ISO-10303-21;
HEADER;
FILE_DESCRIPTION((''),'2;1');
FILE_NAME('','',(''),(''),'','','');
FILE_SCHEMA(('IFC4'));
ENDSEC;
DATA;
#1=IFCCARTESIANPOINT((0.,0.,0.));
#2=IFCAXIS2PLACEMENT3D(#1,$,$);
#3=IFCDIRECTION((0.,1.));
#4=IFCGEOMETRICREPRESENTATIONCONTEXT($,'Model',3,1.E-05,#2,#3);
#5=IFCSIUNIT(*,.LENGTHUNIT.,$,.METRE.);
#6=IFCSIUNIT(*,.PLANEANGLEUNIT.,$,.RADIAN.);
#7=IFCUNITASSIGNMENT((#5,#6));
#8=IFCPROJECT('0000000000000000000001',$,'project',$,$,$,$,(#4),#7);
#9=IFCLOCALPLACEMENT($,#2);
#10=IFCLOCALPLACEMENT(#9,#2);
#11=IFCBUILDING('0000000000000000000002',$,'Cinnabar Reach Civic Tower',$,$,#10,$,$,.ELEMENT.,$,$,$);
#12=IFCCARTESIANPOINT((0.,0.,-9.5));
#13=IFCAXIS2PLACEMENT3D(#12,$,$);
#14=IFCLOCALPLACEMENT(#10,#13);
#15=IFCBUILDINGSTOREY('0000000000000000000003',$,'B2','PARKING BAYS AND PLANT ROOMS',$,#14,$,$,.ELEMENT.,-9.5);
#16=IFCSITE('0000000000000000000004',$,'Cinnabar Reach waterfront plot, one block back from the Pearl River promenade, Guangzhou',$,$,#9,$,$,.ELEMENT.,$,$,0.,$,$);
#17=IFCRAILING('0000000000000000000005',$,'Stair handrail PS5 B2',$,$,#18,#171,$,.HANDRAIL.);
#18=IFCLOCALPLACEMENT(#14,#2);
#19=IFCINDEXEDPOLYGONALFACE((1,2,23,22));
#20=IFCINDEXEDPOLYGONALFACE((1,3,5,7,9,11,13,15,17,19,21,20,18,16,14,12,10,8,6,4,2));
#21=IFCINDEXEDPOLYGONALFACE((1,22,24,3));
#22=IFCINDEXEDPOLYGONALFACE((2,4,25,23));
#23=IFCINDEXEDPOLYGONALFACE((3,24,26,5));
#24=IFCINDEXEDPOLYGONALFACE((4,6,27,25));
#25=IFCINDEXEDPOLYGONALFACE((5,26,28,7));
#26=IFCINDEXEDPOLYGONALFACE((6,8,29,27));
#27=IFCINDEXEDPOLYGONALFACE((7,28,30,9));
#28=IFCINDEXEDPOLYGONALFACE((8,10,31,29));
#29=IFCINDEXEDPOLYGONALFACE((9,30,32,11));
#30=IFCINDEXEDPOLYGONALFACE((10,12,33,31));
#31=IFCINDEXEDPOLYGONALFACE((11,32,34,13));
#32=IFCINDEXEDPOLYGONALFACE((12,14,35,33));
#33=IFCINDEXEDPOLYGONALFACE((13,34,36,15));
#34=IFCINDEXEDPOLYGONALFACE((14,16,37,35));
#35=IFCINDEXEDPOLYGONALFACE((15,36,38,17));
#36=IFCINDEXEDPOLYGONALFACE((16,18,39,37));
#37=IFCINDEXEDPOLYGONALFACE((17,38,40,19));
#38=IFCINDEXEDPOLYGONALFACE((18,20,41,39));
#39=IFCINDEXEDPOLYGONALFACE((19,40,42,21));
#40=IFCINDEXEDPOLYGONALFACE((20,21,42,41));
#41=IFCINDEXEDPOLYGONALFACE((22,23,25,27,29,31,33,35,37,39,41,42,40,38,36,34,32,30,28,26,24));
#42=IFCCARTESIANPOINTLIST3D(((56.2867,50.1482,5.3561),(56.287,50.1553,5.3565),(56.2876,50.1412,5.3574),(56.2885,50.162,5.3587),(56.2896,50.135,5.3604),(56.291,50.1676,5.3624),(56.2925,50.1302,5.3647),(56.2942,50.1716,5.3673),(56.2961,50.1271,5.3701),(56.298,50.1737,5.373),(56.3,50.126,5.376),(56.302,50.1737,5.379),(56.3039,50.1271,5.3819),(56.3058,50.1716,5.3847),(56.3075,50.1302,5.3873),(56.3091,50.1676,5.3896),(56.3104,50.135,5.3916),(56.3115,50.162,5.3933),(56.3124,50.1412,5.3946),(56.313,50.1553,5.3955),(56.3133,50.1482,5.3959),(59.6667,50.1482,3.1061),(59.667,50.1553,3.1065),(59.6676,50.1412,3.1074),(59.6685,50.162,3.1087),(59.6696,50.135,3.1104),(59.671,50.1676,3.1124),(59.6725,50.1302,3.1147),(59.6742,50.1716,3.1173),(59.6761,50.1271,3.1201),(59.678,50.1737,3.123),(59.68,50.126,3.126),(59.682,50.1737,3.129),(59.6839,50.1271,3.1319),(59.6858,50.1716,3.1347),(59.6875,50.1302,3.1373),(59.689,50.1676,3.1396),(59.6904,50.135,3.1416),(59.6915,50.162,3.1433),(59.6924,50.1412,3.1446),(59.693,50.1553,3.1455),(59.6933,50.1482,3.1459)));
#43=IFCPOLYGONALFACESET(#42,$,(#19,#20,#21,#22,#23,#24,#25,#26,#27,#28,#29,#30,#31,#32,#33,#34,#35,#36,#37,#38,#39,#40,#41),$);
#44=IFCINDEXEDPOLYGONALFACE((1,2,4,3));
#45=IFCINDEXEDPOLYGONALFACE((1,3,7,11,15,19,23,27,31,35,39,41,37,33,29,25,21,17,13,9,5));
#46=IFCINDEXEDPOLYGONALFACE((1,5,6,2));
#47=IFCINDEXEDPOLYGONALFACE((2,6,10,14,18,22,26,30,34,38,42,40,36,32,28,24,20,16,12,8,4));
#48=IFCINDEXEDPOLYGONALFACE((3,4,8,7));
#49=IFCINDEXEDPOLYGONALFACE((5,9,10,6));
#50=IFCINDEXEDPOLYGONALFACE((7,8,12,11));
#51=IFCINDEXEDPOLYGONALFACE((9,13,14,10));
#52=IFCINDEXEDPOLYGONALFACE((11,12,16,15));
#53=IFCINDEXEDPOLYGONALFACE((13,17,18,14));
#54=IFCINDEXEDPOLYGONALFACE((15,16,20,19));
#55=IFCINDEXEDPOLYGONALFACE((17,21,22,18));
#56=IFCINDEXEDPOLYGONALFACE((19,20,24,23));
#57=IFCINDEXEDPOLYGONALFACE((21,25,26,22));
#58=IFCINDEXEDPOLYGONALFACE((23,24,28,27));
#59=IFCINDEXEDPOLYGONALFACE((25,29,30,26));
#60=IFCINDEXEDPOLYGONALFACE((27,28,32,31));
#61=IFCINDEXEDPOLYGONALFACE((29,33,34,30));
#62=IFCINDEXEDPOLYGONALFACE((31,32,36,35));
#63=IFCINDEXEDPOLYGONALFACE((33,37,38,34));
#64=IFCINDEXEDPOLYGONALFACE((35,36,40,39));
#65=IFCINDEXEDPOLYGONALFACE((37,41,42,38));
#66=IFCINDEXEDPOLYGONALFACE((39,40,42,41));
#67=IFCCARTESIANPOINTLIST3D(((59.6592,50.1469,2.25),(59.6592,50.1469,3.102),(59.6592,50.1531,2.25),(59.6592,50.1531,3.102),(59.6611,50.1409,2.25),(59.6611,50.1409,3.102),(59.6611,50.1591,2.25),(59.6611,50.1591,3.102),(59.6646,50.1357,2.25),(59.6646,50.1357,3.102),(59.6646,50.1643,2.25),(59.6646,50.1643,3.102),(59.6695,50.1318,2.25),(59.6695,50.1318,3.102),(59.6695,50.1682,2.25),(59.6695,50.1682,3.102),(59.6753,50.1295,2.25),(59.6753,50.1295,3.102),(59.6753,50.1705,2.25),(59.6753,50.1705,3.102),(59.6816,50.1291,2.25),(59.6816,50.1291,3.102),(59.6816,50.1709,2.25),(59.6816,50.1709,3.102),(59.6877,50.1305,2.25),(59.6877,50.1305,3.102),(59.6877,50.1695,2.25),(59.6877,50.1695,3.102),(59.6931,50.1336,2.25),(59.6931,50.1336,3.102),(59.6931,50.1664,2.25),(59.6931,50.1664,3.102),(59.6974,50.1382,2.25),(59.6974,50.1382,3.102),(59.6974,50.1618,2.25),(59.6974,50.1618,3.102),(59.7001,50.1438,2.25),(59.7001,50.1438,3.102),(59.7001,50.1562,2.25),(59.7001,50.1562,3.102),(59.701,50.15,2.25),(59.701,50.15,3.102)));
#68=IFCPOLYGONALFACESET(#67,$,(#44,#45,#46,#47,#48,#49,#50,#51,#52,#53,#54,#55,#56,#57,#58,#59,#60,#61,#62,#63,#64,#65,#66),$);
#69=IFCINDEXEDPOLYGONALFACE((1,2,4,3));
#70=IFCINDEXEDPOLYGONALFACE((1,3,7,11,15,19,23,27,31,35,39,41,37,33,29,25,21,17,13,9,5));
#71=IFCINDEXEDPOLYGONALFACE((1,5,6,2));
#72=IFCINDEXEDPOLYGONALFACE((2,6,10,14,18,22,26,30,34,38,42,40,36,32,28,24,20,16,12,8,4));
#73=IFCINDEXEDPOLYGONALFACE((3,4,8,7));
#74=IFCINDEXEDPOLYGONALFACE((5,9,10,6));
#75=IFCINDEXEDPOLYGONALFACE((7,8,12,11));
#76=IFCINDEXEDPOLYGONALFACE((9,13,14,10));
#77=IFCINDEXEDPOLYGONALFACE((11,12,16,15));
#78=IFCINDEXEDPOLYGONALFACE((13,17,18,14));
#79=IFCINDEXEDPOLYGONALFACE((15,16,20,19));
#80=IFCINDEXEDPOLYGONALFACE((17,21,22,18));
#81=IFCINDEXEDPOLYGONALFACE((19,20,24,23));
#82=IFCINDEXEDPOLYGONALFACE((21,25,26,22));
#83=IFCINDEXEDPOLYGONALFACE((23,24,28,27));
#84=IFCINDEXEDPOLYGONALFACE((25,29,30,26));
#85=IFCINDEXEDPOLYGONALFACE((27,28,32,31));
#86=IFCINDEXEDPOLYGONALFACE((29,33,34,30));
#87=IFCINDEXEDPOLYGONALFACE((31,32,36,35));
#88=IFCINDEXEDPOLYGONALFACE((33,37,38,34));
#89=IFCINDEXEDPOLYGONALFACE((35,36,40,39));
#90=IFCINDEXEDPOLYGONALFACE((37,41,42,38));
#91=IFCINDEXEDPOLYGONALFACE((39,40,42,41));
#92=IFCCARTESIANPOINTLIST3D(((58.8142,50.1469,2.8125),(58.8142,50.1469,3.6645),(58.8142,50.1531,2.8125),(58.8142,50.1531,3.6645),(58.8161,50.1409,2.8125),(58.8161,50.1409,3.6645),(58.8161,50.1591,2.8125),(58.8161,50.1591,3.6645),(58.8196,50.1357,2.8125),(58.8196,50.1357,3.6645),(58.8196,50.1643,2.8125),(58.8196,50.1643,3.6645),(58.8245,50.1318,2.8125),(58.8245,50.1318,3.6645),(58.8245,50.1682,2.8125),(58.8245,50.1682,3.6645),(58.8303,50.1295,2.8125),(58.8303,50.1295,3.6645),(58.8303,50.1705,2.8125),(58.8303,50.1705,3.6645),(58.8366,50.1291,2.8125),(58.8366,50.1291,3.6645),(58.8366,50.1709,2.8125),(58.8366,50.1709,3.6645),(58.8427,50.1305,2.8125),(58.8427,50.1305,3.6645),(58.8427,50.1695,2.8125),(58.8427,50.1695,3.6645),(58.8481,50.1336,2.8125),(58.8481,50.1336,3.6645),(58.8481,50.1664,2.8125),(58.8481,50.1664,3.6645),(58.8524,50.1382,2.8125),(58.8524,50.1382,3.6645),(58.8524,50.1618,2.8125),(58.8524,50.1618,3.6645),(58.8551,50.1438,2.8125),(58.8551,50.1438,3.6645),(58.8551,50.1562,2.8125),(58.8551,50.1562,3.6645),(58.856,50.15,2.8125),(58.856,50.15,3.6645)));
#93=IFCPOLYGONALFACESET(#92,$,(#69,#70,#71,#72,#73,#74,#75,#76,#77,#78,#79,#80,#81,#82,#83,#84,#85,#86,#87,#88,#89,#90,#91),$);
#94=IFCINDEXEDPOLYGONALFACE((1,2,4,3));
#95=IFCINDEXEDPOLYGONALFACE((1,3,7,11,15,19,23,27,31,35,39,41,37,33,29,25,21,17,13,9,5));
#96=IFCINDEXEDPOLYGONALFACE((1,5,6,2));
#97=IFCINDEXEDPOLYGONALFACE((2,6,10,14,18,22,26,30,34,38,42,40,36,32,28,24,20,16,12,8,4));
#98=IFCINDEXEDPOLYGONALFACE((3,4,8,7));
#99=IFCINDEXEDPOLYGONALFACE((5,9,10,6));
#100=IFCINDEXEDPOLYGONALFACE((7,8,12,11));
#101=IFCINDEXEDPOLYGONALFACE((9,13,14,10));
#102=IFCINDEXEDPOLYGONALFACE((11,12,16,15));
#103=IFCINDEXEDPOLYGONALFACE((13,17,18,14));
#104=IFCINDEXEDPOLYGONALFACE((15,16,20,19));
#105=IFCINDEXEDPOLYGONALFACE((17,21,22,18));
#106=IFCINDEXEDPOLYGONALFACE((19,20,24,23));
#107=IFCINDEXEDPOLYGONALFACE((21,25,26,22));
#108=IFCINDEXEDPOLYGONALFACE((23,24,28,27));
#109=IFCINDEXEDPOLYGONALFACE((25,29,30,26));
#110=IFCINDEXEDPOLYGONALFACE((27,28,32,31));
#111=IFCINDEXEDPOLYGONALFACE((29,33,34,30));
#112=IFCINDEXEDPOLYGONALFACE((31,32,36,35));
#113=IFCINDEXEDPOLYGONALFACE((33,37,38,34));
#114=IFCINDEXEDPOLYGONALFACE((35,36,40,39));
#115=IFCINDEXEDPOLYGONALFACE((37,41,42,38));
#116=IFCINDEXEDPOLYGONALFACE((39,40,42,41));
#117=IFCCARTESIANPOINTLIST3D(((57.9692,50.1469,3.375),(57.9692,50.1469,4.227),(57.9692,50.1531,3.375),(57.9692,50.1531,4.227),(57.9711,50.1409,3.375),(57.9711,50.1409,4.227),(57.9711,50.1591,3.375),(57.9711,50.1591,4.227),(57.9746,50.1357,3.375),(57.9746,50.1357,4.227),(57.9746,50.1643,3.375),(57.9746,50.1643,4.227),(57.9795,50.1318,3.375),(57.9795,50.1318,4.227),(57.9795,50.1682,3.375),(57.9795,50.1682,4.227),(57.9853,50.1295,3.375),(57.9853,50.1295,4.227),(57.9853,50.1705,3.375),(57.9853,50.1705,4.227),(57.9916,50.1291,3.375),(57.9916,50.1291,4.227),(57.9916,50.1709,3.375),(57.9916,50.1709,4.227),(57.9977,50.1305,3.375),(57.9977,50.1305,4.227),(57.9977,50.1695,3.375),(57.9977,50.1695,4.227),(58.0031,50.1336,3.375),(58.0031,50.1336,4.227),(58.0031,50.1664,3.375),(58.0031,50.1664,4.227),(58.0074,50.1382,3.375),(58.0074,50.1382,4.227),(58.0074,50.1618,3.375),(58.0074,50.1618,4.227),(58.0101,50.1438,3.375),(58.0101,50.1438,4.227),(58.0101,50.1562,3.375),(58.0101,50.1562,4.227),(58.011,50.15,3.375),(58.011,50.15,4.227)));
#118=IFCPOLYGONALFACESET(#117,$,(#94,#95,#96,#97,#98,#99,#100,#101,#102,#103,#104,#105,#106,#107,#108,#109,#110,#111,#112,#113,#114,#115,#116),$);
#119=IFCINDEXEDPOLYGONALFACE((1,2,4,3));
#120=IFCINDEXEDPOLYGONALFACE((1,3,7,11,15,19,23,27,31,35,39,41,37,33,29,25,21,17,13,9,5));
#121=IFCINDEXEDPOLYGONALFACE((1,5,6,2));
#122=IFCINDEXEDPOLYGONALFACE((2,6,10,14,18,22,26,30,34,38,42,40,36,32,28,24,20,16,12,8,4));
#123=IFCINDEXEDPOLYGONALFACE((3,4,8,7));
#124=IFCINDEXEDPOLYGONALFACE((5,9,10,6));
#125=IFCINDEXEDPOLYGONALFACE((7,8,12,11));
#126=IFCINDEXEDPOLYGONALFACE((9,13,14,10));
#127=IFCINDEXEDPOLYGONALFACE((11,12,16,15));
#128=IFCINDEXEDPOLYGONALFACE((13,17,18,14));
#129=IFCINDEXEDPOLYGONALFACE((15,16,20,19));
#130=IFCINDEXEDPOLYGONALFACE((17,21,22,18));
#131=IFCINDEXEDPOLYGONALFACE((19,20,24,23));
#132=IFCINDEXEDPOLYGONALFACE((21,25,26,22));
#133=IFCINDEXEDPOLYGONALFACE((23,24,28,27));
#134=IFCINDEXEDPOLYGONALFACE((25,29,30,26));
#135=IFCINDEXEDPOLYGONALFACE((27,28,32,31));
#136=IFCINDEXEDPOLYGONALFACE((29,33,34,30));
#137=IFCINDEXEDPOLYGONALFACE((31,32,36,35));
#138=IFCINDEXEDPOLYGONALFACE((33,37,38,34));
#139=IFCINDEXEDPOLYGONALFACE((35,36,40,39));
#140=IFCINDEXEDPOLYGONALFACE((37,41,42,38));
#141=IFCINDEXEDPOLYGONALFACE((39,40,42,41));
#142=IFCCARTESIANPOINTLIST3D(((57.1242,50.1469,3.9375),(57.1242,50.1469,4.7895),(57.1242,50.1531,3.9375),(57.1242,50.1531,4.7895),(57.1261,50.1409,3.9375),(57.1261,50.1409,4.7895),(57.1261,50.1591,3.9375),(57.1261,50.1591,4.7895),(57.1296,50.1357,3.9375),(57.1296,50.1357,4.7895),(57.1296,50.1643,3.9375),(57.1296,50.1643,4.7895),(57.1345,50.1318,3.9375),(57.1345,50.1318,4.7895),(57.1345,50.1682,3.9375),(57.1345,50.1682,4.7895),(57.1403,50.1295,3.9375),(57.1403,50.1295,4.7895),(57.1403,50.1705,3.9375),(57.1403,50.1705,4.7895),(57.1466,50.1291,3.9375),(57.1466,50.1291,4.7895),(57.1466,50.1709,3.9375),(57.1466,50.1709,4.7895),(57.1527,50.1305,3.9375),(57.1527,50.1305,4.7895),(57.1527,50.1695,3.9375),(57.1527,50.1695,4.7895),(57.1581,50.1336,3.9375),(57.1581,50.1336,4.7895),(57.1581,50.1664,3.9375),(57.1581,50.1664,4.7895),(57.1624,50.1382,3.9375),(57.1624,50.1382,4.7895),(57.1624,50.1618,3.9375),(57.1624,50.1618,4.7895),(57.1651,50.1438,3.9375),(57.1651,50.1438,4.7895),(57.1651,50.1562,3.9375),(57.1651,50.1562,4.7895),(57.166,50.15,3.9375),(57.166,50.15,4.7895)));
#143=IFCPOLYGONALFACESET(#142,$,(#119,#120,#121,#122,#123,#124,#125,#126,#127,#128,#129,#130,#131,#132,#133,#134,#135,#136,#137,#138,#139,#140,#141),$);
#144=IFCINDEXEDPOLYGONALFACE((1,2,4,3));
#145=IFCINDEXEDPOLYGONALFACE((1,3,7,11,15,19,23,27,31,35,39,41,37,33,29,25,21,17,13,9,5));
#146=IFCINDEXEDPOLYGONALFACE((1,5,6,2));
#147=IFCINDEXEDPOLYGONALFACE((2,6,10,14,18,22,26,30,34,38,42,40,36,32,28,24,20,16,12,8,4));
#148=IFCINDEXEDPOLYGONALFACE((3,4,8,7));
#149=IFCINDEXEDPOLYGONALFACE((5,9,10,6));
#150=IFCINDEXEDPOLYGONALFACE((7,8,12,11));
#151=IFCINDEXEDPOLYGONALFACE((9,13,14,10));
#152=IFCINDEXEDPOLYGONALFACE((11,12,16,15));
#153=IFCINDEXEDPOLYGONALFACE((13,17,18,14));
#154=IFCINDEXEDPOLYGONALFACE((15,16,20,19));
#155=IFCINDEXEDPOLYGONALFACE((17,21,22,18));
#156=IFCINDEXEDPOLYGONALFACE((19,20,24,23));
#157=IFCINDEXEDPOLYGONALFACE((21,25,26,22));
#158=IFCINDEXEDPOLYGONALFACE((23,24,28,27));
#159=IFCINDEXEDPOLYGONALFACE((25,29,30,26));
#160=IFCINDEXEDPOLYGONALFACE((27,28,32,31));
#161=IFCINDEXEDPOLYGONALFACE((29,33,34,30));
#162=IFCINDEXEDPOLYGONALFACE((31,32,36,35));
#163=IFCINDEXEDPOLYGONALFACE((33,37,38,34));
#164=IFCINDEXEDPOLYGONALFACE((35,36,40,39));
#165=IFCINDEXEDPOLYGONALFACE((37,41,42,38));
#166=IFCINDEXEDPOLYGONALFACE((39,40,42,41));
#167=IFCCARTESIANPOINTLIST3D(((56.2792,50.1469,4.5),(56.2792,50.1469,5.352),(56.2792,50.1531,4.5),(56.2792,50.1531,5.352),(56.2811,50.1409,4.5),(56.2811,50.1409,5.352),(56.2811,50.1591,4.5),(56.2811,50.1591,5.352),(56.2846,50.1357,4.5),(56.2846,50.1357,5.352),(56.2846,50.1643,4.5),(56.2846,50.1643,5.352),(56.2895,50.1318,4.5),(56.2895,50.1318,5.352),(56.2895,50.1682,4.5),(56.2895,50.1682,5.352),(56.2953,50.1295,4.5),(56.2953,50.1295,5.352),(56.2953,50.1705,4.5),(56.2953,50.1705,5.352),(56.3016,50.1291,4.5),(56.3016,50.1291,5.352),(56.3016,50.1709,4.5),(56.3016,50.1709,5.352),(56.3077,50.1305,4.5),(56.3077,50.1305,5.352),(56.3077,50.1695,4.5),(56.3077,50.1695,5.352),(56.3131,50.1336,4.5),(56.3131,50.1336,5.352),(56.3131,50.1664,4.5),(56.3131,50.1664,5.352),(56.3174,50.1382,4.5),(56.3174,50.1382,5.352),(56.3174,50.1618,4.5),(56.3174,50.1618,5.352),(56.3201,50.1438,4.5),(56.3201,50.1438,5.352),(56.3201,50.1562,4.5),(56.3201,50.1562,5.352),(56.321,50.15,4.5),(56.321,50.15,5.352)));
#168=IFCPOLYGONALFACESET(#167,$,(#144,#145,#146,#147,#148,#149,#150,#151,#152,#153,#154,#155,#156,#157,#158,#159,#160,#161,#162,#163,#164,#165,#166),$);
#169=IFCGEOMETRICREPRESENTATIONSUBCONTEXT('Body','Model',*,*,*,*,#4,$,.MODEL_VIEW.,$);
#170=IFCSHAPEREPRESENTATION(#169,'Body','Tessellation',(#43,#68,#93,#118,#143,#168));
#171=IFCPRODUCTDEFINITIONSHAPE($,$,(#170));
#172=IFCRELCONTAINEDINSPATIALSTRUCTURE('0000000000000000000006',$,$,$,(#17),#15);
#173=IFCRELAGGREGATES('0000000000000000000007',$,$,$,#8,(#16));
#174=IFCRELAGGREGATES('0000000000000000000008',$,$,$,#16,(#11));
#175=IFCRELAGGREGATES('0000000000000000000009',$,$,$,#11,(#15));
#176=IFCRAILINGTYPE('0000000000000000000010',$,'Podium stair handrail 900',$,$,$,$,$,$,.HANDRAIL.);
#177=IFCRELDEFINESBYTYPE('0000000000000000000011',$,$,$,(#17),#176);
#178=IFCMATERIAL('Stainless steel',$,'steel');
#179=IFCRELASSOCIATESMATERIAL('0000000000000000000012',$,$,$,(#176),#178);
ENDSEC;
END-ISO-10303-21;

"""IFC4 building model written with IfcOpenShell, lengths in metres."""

from ifc_helpers import new_model, si_unit, direction, frame, origin, origin_2d, place, context, subcontext, project, spatial, circle, extrude, material, type_object, element, save


model = new_model("IFC4")

# Units and contexts
model_context = context("Model", 3, precision=1e-05, world=origin(), true_north=direction((0.0, 1.0)))
body_context = subcontext(model_context, "Body", "Model", "MODEL_VIEW")
ifc_project = project(units=[si_unit("LENGTHUNIT", "METRE"), si_unit("PLANEANGLEUNIT", "RADIAN")], contexts=[model_context])

# Site, building, storey
site_placement = place(None, origin())
site = spatial("IfcSite", under=ifc_project, at=site_placement, Name="Cinnabar Reach waterfront plot, one block back from the Pearl River promenade, Guangzhou", CompositionType="ELEMENT", RefElevation=0.0)
building_placement = place(site_placement, origin())
building = spatial("IfcBuilding", under=site, at=building_placement, Name="Cinnabar Reach Civic Tower", CompositionType="ELEMENT")
storey_placement = place(building_placement, frame((0.0, 0.0, -9.5)))
storey = spatial("IfcBuildingStorey", under=building, at=storey_placement, Name="B2", Description="PARKING BAYS AND PLANT ROOMS", CompositionType="ELEMENT", Elevation=-9.5)

# Railing
ifc_material_1 = material(Name="Stainless steel", Category="steel")
railing_type_1 = type_object("IfcRailingType", Name="Podium stair handrail 900", PredefinedType="HANDRAIL", material=ifc_material_1)
railing_1_placement = place(storey_placement, frame((59.68, 50.15, 2.25)))
element("IfcRailing", 1, at=railing_1_placement, inside=storey, type_object=railing_type_1, Name="Stair handrail PS5 B2", PredefinedType="HANDRAIL", context=body_context, shape_type="SweptSolid", body=[
    extrude(circle(Radius=0.024, at=origin_2d()), frame((0.0, 0.0, 0.876), z_axis=(-0.832429, 0.0, 0.554132), x_axis=(0.0, -1.0, 0.0)), (0.0, 0.0, 1.0), 4.0604),
    extrude(circle(Radius=0.021, at=origin_2d()), origin(), (0.0, 0.0, 1.0), 0.852),
    extrude(circle(Radius=0.021, at=origin_2d()), frame((-0.845, 0.0, 0.5625)), (0.0, 0.0, 1.0), 0.852),
    extrude(circle(Radius=0.021, at=origin_2d()), frame((-1.69, 0.0, 1.125)), (0.0, 0.0, 1.0), 0.852),
    extrude(circle(Radius=0.021, at=origin_2d()), frame((-2.535, 0.0, 1.6875)), (0.0, 0.0, 1.0), 0.852),
    extrude(circle(Radius=0.021, at=origin_2d()), frame((-3.38, 0.0, 2.25)), (0.0, 0.0, 1.0), 0.852),
])

save(model, "model.ifc")
